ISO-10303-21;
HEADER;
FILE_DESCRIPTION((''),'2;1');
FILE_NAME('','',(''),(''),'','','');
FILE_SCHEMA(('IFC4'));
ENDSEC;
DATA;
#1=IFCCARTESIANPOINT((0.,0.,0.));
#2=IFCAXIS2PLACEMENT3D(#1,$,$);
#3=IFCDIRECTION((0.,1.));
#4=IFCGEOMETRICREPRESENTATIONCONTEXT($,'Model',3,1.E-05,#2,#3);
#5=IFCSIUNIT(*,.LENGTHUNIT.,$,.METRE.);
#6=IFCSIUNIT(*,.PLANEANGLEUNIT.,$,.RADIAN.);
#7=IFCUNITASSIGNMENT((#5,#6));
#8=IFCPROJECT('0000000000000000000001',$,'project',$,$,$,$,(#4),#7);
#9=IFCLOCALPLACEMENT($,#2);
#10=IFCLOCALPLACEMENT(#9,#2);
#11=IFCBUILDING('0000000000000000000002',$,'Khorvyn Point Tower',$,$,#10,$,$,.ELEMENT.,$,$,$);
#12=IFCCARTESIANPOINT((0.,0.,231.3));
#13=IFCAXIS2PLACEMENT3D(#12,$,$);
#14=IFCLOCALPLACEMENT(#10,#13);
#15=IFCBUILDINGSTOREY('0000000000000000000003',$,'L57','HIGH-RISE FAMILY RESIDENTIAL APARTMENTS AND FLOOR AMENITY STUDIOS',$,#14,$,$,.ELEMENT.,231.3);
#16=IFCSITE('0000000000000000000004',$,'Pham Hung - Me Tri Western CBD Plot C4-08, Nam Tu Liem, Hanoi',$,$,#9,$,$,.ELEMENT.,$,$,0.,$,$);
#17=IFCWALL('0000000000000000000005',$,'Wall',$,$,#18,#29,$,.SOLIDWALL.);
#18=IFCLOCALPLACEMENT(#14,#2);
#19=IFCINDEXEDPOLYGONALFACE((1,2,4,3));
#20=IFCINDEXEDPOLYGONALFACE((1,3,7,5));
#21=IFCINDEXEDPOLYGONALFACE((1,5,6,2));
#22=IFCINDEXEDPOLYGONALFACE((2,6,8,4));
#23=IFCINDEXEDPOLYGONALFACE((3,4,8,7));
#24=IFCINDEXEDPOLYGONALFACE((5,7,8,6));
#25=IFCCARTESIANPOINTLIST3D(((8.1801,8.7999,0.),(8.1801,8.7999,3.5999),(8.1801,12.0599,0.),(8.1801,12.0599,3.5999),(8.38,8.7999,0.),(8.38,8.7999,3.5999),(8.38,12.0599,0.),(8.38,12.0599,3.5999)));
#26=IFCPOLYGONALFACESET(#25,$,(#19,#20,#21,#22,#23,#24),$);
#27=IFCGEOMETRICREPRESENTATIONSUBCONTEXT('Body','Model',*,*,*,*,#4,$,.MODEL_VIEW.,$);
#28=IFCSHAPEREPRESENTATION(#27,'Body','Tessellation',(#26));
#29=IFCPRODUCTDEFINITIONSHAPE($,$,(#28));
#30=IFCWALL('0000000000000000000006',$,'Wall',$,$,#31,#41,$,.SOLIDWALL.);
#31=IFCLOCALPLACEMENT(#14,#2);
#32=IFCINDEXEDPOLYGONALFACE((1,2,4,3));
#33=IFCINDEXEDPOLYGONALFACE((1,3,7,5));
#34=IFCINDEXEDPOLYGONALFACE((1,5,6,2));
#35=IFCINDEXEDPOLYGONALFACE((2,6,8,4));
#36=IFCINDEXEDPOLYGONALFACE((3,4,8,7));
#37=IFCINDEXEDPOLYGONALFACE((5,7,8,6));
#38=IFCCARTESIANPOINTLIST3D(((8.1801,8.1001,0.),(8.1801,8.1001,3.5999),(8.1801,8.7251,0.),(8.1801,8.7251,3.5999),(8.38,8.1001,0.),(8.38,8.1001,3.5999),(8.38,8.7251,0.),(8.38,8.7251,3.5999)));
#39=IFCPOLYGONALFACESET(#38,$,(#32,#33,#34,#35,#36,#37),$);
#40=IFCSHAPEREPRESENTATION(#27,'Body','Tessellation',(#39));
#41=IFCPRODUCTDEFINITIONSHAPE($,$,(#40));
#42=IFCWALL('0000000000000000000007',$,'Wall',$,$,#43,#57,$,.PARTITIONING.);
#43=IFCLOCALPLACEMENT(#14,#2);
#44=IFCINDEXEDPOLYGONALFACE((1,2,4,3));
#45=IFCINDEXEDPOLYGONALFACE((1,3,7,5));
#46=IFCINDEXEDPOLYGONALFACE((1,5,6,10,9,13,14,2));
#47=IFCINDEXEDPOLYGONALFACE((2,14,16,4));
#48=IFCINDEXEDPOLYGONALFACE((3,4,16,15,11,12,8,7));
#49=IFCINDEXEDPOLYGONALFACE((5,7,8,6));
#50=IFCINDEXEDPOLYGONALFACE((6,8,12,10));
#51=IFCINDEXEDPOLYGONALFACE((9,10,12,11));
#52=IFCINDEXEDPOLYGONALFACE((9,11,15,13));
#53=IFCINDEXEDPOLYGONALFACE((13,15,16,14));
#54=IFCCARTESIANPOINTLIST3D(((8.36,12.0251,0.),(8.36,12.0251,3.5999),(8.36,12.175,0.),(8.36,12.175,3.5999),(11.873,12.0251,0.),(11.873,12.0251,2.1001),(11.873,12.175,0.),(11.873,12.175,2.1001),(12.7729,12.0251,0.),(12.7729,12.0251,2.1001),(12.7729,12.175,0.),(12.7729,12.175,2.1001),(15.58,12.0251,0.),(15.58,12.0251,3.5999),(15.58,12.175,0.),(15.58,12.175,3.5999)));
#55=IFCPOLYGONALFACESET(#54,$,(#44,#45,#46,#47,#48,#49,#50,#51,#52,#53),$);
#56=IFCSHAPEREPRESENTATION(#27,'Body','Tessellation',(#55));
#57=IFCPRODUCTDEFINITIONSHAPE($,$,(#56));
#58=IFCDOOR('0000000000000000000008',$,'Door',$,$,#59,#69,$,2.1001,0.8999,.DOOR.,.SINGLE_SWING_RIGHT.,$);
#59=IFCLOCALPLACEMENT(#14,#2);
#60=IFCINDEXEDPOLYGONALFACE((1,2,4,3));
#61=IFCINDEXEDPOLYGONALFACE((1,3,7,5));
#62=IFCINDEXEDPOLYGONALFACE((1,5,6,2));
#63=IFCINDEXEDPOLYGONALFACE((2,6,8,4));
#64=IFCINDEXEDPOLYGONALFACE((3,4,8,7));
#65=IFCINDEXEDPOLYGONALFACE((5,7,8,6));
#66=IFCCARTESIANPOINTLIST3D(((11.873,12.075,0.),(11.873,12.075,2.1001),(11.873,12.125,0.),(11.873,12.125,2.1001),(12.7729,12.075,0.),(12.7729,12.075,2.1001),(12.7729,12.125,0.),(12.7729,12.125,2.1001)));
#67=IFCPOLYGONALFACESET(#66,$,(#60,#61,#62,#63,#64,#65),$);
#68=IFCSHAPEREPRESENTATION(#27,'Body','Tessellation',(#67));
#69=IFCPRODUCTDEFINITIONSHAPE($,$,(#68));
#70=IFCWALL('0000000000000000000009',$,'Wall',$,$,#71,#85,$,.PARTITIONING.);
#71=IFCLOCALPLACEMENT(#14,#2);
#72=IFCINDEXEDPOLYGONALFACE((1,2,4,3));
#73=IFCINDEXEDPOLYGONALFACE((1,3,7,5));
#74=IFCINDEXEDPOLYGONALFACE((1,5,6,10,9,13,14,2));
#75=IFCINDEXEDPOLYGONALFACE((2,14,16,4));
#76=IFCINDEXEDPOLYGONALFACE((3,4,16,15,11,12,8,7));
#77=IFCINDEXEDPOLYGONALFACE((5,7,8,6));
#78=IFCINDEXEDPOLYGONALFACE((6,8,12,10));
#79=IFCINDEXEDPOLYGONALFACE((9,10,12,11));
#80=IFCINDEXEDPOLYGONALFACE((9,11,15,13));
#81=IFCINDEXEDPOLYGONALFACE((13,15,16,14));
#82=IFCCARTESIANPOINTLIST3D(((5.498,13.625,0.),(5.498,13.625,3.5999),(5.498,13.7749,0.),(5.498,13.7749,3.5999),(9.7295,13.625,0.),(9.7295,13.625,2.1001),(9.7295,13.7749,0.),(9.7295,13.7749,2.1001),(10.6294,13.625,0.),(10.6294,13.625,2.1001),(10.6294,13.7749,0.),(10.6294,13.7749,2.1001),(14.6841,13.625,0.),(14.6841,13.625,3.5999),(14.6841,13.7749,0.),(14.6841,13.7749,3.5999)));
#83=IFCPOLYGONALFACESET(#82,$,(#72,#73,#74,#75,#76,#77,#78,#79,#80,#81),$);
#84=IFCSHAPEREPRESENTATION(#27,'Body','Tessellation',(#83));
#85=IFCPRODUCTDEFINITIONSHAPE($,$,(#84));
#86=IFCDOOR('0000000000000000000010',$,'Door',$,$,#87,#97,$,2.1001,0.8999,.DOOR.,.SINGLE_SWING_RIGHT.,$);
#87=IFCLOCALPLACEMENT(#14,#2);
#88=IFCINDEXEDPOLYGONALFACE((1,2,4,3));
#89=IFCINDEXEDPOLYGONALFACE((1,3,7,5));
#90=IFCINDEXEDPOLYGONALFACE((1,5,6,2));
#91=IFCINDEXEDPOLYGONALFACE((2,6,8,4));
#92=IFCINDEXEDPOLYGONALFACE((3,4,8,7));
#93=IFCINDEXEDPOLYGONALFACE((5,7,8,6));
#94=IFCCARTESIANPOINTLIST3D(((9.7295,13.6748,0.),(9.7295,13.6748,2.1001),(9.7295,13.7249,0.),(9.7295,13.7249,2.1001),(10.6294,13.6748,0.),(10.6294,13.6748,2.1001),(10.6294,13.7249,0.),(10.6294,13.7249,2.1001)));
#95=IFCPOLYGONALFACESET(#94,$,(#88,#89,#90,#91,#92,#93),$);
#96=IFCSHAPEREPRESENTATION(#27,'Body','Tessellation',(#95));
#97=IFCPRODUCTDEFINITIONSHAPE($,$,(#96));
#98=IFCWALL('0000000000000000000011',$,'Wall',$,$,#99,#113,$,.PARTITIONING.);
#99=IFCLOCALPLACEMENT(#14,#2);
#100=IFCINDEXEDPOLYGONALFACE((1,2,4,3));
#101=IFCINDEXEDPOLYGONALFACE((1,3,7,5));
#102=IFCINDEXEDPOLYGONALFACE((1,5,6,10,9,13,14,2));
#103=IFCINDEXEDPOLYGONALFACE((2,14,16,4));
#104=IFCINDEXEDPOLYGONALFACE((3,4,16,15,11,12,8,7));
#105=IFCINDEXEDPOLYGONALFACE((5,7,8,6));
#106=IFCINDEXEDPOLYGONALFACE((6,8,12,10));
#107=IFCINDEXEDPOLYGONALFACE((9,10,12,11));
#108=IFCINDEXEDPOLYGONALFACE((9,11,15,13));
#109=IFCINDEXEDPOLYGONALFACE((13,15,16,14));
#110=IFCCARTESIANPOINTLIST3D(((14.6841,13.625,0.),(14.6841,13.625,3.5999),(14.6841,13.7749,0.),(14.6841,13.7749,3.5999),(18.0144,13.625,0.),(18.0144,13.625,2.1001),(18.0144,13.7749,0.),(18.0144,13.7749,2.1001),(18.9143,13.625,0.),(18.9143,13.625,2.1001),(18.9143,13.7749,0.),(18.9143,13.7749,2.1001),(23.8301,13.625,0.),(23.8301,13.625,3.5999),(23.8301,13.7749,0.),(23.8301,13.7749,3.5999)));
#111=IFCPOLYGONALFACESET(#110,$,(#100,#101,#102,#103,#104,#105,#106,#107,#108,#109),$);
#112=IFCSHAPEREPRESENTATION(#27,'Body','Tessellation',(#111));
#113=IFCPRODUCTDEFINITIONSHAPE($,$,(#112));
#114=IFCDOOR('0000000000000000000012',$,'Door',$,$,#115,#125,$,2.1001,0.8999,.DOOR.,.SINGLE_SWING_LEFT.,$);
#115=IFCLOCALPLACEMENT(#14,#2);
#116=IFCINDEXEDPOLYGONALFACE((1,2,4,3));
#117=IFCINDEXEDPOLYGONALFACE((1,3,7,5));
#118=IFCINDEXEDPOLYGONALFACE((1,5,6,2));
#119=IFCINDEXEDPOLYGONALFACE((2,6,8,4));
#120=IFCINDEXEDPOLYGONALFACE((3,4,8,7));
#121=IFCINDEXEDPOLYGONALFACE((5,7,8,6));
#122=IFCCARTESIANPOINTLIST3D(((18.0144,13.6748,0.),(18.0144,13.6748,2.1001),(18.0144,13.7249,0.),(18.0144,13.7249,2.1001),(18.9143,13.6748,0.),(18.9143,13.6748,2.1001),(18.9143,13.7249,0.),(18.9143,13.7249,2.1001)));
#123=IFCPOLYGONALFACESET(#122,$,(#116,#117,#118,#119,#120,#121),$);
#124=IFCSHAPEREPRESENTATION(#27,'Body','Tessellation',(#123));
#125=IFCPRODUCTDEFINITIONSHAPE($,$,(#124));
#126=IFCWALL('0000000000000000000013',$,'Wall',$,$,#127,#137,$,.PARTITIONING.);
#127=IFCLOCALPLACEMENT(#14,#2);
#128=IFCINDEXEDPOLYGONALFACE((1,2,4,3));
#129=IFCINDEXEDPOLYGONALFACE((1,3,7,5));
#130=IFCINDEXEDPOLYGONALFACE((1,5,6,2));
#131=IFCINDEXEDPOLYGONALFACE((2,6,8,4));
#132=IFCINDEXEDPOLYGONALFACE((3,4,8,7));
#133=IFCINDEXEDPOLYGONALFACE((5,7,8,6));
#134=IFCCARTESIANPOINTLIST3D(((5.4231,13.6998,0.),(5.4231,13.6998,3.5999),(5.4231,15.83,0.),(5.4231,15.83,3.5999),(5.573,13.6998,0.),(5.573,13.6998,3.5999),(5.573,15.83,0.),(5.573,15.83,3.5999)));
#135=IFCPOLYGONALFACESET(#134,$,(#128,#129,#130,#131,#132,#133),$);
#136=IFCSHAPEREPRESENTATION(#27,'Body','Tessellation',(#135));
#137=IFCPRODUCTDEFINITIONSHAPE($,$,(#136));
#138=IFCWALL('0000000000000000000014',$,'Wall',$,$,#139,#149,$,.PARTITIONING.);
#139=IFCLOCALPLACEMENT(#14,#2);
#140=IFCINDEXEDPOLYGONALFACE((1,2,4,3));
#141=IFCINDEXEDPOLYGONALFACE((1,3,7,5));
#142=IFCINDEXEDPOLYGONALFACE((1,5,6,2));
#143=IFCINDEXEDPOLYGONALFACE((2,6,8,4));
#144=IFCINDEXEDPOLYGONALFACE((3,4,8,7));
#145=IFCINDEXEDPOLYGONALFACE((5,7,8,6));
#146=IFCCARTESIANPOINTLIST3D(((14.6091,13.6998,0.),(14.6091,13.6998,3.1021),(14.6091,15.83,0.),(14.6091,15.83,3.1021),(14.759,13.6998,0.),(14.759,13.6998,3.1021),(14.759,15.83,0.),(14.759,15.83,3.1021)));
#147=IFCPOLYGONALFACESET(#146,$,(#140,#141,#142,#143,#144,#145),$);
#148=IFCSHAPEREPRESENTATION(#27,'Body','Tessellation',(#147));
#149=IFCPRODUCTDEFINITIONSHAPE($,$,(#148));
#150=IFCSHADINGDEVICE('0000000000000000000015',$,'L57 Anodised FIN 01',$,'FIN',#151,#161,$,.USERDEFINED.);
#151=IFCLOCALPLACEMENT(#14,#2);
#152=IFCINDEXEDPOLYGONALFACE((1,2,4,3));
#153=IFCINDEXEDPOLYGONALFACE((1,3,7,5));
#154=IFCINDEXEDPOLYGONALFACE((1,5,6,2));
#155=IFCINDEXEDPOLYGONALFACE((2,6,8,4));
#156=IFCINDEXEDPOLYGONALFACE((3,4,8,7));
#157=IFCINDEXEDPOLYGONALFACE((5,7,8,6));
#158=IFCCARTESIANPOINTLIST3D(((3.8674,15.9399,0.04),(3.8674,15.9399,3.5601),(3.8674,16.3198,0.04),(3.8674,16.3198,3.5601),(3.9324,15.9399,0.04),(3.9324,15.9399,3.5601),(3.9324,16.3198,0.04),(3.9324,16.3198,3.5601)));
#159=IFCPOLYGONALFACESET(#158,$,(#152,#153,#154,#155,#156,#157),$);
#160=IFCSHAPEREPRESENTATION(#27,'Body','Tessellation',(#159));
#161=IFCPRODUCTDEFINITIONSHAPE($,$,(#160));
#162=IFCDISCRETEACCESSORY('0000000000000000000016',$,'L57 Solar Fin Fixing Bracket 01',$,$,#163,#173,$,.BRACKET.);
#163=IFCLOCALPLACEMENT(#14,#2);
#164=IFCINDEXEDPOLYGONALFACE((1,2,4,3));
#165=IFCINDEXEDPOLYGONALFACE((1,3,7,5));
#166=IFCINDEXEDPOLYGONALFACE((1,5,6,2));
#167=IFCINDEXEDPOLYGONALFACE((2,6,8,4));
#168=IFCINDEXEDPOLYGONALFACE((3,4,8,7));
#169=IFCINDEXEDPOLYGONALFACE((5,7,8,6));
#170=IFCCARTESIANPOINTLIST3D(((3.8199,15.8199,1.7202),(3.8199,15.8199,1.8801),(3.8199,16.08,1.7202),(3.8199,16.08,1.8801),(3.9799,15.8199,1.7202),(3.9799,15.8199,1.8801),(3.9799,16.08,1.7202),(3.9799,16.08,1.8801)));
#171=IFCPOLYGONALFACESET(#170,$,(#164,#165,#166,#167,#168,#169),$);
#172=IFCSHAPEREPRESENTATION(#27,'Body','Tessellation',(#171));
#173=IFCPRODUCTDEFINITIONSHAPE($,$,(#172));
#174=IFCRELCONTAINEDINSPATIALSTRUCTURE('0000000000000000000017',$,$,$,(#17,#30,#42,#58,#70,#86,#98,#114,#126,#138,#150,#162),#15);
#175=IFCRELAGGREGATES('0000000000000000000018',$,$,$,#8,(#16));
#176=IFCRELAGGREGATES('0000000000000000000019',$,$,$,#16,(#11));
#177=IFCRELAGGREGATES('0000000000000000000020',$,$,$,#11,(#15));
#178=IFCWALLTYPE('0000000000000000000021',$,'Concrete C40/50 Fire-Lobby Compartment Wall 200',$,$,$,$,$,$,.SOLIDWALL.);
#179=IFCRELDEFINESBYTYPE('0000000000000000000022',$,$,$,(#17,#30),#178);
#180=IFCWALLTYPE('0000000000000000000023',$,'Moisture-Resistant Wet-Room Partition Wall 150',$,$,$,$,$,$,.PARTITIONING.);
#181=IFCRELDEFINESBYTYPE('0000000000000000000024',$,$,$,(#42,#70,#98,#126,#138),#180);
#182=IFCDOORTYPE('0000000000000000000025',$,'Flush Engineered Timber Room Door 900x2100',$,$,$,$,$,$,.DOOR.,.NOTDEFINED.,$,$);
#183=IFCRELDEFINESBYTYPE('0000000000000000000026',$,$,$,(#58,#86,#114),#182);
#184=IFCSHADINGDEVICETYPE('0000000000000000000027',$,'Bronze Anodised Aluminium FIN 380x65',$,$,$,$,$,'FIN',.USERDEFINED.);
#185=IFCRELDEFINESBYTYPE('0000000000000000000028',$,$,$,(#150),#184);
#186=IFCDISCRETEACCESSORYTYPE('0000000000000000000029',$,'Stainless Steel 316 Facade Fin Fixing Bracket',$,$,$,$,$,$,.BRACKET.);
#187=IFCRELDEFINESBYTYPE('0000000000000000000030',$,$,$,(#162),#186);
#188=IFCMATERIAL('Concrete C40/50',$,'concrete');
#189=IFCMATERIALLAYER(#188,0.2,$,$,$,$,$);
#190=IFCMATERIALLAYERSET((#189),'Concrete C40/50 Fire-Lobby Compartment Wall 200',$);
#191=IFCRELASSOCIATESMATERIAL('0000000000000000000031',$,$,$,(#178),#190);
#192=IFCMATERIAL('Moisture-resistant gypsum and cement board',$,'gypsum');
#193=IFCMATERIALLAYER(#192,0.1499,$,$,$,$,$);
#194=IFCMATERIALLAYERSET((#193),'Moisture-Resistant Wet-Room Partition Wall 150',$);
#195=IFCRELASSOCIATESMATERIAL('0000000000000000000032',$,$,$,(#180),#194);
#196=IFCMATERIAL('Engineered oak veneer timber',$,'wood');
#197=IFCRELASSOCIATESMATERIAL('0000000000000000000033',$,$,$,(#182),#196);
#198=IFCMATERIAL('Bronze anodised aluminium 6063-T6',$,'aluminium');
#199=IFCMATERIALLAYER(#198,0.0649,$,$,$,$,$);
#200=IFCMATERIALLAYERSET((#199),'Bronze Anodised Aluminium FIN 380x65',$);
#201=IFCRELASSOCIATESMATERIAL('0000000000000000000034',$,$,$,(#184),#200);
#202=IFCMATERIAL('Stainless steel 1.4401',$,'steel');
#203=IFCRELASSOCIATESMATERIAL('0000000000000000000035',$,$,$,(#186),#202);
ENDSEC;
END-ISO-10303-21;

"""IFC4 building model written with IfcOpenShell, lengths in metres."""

from ifc_helpers import new_model, si_unit, direction, frame, frame_2d, origin, origin_2d, place, context, subcontext, project, spatial, rectangle, extrude, material, layer, layer_set, type_object, element, fill, save


model = new_model("IFC4")

# Units and contexts
model_context = context("Model", 3, precision=1e-05, world=origin(), true_north=direction((0.0, 1.0)))
body_context = subcontext(model_context, "Body", "Model", "MODEL_VIEW")
ifc_project = project(units=[si_unit("LENGTHUNIT", "METRE"), si_unit("PLANEANGLEUNIT", "RADIAN")], contexts=[model_context])

# Site, building, storey
site_placement = place(None, origin())
site = spatial("IfcSite", under=ifc_project, at=site_placement, Name="Pham Hung - Me Tri Western CBD Plot C4-08, Nam Tu Liem, Hanoi", CompositionType="ELEMENT", RefElevation=0.0)
building_placement = place(site_placement, origin())
building = spatial("IfcBuilding", under=site, at=building_placement, Name="Khorvyn Point Tower", CompositionType="ELEMENT")
storey_placement = place(building_placement, frame((0.0, 0.0, 231.3)))
storey = spatial("IfcBuildingStorey", under=building, at=storey_placement, Name="L57", Description="HIGH-RISE FAMILY RESIDENTIAL APARTMENTS AND FLOOR AMENITY STUDIOS", CompositionType="ELEMENT", Elevation=231.3)

# Shared definitions
ifc_material_1 = material(Name="Concrete C40/50", Category="concrete")
ifc_layer_1 = layer(ifc_material_1, 0.2)
ifc_layer_set_1 = layer_set([ifc_layer_1], Name="Concrete C40/50 Fire-Lobby Compartment Wall 200")
wall_type_1 = type_object("IfcWallType", Name="Concrete C40/50 Fire-Lobby Compartment Wall 200", PredefinedType="SOLIDWALL", material=ifc_layer_set_1)

# Walls
wall_1_placement = place(storey_placement, frame((8.28, 8.8, 0.0), z_axis=(0.0, 0.0, 1.0), x_axis=(0.0, 1.0, 0.0)))
element("IfcWall", 1, at=wall_1_placement, inside=storey, type_object=wall_type_1, Name="Wall", PredefinedType="SOLIDWALL", context=body_context, shape_type="SweptSolid", body=[
    extrude(rectangle(XDim=3.26, YDim=0.2, at=frame_2d((1.6299, 0.0))), origin(), (0.0, 0.0, 1.0), 3.5999),
])
wall_2_placement = place(storey_placement, frame((8.28, 8.1001, 0.0), z_axis=(0.0, 0.0, 1.0), x_axis=(0.0, 1.0, 0.0)))
element("IfcWall", 2, at=wall_2_placement, inside=storey, type_object=wall_type_1, Name="Wall", PredefinedType="SOLIDWALL", context=body_context, shape_type="SweptSolid", body=[
    extrude(rectangle(XDim=0.625, YDim=0.2, at=frame_2d((0.3125, 0.0))), origin(), (0.0, 0.0, 1.0), 3.5999),
])

# Walls, openings, doors
ifc_material_2 = material(Name="Moisture-resistant gypsum and cement board", Category="gypsum")
ifc_layer_2 = layer(ifc_material_2, 0.1499)
ifc_layer_set_2 = layer_set([ifc_layer_2], Name="Moisture-Resistant Wet-Room Partition Wall 150")
wall_type_2 = type_object("IfcWallType", Name="Moisture-Resistant Wet-Room Partition Wall 150", PredefinedType="PARTITIONING", material=ifc_layer_set_2)
wall_3_placement = place(storey_placement, frame((8.3601, 12.1001, 0.0), z_axis=(0.0, 0.0, 1.0), x_axis=(1.0, 0.0, 0.0)))
wall_3 = element("IfcWall", 3, at=wall_3_placement, inside=storey, type_object=wall_type_2, Name="Wall", PredefinedType="PARTITIONING", context=body_context, shape_type="SweptSolid", body=[
    extrude(rectangle(XDim=7.22, YDim=0.1499, at=frame_2d((3.6099, 0.0))), origin(), (0.0, 0.0, 1.0), 3.5999),
])
opening_1_placement = place(wall_3_placement, frame((3.5129, 0.0, 0.0)))
opening_1 = element("IfcOpeningElement", 4, at=opening_1_placement, cuts=wall_3, PredefinedType="OPENING", context=body_context, shape_type="SweptSolid", body=[
    extrude(rectangle(XDim=0.8999, YDim=2.1001, at=frame_2d((0.45, 1.05))), frame((0.0, 0.085, 0.0), z_axis=(0.0, -1.0, 0.0), x_axis=(1.0, 0.0, 0.0)), (0.0, 0.0, 1.0), 0.1699),
])
ifc_material_3 = material(Name="Engineered oak veneer timber", Category="wood")
door_type_1 = type_object("IfcDoorType", Name="Flush Engineered Timber Room Door 900x2100", OperationType="NOTDEFINED", PredefinedType="DOOR", material=ifc_material_3)
door_1_placement = place(opening_1_placement, origin())
door_1 = element("IfcDoor", 5, at=door_1_placement, inside=storey, type_object=door_type_1, Name="Door", OperationType="SINGLE_SWING_RIGHT", OverallHeight=2.1001, OverallWidth=0.8999, PredefinedType="DOOR", context=body_context, shape_type="SweptSolid", body=[
    extrude(rectangle(XDim=0.8999, YDim=2.1001, at=frame_2d((0.45, 1.05))), frame((0.0, 0.0249, 0.0), z_axis=(0.0, -1.0, 0.0), x_axis=(1.0, 0.0, 0.0)), (0.0, 0.0, 1.0), 0.05),
])
fill(opening_1, door_1)
wall_4_placement = place(storey_placement, frame((5.498, 13.7, 0.0), z_axis=(0.0, 0.0, 1.0), x_axis=(1.0, 0.0, 0.0)))
wall_4 = element("IfcWall", 6, at=wall_4_placement, inside=storey, type_object=wall_type_2, Name="Wall", PredefinedType="PARTITIONING", context=body_context, shape_type="SweptSolid", body=[
    extrude(rectangle(XDim=9.186, YDim=0.1499, at=frame_2d((4.593, 0.0))), origin(), (0.0, 0.0, 1.0), 3.5999),
])
opening_2_placement = place(wall_4_placement, frame((4.2314, 0.0, 0.0)))
opening_2 = element("IfcOpeningElement", 7, at=opening_2_placement, cuts=wall_4, PredefinedType="OPENING", context=body_context, shape_type="SweptSolid", body=[
    extrude(rectangle(XDim=0.8999, YDim=2.1001, at=frame_2d((0.45, 1.05))), frame((0.0, 0.085, 0.0), z_axis=(0.0, -1.0, 0.0), x_axis=(1.0, 0.0, 0.0)), (0.0, 0.0, 1.0), 0.1699),
])
door_2_placement = place(opening_2_placement, origin())
door_2 = element("IfcDoor", 8, at=door_2_placement, inside=storey, type_object=door_type_1, Name="Door", OperationType="SINGLE_SWING_RIGHT", OverallHeight=2.1001, OverallWidth=0.8999, PredefinedType="DOOR", context=body_context, shape_type="SweptSolid", body=[
    extrude(rectangle(XDim=0.8999, YDim=2.1001, at=frame_2d((0.45, 1.05))), frame((0.0, 0.0249, 0.0), z_axis=(0.0, -1.0, 0.0), x_axis=(1.0, 0.0, 0.0)), (0.0, 0.0, 1.0), 0.05),
])
fill(opening_2, door_2)
wall_5_placement = place(storey_placement, frame((14.6841, 13.7, 0.0), z_axis=(0.0, 0.0, 1.0), x_axis=(1.0, 0.0, 0.0)))
wall_5 = element("IfcWall", 9, at=wall_5_placement, inside=storey, type_object=wall_type_2, Name="Wall", PredefinedType="PARTITIONING", context=body_context, shape_type="SweptSolid", body=[
    extrude(rectangle(XDim=9.146, YDim=0.1499, at=frame_2d((4.573, 0.0))), origin(), (0.0, 0.0, 1.0), 3.5999),
])
opening_3_placement = place(wall_5_placement, frame((3.3303, 0.0, 0.0)))
opening_3 = element("IfcOpeningElement", 10, at=opening_3_placement, cuts=wall_5, PredefinedType="OPENING", context=body_context, shape_type="SweptSolid", body=[
    extrude(rectangle(XDim=0.8999, YDim=2.1001, at=frame_2d((0.45, 1.05))), frame((0.0, 0.085, 0.0), z_axis=(0.0, -1.0, 0.0), x_axis=(1.0, 0.0, 0.0)), (0.0, 0.0, 1.0), 0.1699),
])
door_3_placement = place(opening_3_placement, origin())
door_3 = element("IfcDoor", 11, at=door_3_placement, inside=storey, type_object=door_type_1, Name="Door", OperationType="SINGLE_SWING_LEFT", OverallHeight=2.1001, OverallWidth=0.8999, PredefinedType="DOOR", context=body_context, shape_type="SweptSolid", body=[
    extrude(rectangle(XDim=0.8999, YDim=2.1001, at=frame_2d((0.45, 1.05))), frame((0.0, 0.0249, 0.0), z_axis=(0.0, -1.0, 0.0), x_axis=(1.0, 0.0, 0.0)), (0.0, 0.0, 1.0), 0.05),
])
fill(opening_3, door_3)

# Walls
wall_6_placement = place(storey_placement, frame((5.498, 13.7, 0.0), z_axis=(0.0, 0.0, 1.0), x_axis=(0.0, 1.0, 0.0)))
element("IfcWall", 12, at=wall_6_placement, inside=storey, type_object=wall_type_2, Name="Wall", PredefinedType="PARTITIONING", context=body_context, shape_type="SweptSolid", body=[
    extrude(rectangle(XDim=2.1301, YDim=0.1499, at=frame_2d((1.0649, 0.0))), origin(), (0.0, 0.0, 1.0), 3.5999),
])
wall_7_placement = place(storey_placement, frame((14.6841, 13.7, 0.0), z_axis=(0.0, 0.0, 1.0), x_axis=(0.0, 1.0, 0.0)))
element("IfcWall", 13, at=wall_7_placement, inside=storey, type_object=wall_type_2, Name="Wall", PredefinedType="PARTITIONING", context=body_context, shape_type="SweptSolid", body=[
    extrude(rectangle(XDim=2.1301, YDim=0.1499, at=frame_2d((1.0649, 0.0))), origin(), (0.0, 0.0, 1.0), 3.1021),
])

# Shading device
ifc_material_4 = material(Name="Bronze anodised aluminium 6063-T6", Category="aluminium")
ifc_layer_3 = layer(ifc_material_4, 0.0649)
ifc_layer_set_3 = layer_set([ifc_layer_3], Name="Bronze Anodised Aluminium FIN 380x65")
shading_device_type = type_object("IfcShadingDeviceType", Name="Bronze Anodised Aluminium FIN 380x65", ElementType="FIN", PredefinedType="USERDEFINED", material=ifc_layer_set_3)
shading_device_placement = place(storey_placement, frame((3.8999, 16.1299, 0.04), z_axis=(0.0, 0.0, 1.0), x_axis=(0.0, 1.0, 0.0)))
element("IfcShadingDevice", 14, at=shading_device_placement, inside=storey, type_object=shading_device_type, Name="L57 Anodised FIN 01", ObjectType="FIN", PredefinedType="USERDEFINED", context=body_context, shape_type="SweptSolid", body=[
    extrude(rectangle(XDim=0.3799, YDim=0.0649, at=origin_2d()), origin(), (0.0, 0.0, 1.0), 3.52),
])

# Discrete accessory
ifc_material_5 = material(Name="Stainless steel 1.4401", Category="steel")
discrete_accessory_type = type_object("IfcDiscreteAccessoryType", Name="Stainless Steel 316 Facade Fin Fixing Bracket", PredefinedType="BRACKET", material=ifc_material_5)
discrete_accessory_placement = place(storey_placement, frame((3.8999, 15.95, 1.7202), z_axis=(0.0, 0.0, 1.0), x_axis=(1.0, 0.0, 0.0)))
element("IfcDiscreteAccessory", 15, at=discrete_accessory_placement, inside=storey, type_object=discrete_accessory_type, Name="L57 Solar Fin Fixing Bracket 01", PredefinedType="BRACKET", context=body_context, shape_type="SweptSolid", body=[
    extrude(rectangle(XDim=0.1599, YDim=0.26, at=origin_2d()), origin(), (0.0, 0.0, 1.0), 0.1599),
])

save(model, "model.ifc")
